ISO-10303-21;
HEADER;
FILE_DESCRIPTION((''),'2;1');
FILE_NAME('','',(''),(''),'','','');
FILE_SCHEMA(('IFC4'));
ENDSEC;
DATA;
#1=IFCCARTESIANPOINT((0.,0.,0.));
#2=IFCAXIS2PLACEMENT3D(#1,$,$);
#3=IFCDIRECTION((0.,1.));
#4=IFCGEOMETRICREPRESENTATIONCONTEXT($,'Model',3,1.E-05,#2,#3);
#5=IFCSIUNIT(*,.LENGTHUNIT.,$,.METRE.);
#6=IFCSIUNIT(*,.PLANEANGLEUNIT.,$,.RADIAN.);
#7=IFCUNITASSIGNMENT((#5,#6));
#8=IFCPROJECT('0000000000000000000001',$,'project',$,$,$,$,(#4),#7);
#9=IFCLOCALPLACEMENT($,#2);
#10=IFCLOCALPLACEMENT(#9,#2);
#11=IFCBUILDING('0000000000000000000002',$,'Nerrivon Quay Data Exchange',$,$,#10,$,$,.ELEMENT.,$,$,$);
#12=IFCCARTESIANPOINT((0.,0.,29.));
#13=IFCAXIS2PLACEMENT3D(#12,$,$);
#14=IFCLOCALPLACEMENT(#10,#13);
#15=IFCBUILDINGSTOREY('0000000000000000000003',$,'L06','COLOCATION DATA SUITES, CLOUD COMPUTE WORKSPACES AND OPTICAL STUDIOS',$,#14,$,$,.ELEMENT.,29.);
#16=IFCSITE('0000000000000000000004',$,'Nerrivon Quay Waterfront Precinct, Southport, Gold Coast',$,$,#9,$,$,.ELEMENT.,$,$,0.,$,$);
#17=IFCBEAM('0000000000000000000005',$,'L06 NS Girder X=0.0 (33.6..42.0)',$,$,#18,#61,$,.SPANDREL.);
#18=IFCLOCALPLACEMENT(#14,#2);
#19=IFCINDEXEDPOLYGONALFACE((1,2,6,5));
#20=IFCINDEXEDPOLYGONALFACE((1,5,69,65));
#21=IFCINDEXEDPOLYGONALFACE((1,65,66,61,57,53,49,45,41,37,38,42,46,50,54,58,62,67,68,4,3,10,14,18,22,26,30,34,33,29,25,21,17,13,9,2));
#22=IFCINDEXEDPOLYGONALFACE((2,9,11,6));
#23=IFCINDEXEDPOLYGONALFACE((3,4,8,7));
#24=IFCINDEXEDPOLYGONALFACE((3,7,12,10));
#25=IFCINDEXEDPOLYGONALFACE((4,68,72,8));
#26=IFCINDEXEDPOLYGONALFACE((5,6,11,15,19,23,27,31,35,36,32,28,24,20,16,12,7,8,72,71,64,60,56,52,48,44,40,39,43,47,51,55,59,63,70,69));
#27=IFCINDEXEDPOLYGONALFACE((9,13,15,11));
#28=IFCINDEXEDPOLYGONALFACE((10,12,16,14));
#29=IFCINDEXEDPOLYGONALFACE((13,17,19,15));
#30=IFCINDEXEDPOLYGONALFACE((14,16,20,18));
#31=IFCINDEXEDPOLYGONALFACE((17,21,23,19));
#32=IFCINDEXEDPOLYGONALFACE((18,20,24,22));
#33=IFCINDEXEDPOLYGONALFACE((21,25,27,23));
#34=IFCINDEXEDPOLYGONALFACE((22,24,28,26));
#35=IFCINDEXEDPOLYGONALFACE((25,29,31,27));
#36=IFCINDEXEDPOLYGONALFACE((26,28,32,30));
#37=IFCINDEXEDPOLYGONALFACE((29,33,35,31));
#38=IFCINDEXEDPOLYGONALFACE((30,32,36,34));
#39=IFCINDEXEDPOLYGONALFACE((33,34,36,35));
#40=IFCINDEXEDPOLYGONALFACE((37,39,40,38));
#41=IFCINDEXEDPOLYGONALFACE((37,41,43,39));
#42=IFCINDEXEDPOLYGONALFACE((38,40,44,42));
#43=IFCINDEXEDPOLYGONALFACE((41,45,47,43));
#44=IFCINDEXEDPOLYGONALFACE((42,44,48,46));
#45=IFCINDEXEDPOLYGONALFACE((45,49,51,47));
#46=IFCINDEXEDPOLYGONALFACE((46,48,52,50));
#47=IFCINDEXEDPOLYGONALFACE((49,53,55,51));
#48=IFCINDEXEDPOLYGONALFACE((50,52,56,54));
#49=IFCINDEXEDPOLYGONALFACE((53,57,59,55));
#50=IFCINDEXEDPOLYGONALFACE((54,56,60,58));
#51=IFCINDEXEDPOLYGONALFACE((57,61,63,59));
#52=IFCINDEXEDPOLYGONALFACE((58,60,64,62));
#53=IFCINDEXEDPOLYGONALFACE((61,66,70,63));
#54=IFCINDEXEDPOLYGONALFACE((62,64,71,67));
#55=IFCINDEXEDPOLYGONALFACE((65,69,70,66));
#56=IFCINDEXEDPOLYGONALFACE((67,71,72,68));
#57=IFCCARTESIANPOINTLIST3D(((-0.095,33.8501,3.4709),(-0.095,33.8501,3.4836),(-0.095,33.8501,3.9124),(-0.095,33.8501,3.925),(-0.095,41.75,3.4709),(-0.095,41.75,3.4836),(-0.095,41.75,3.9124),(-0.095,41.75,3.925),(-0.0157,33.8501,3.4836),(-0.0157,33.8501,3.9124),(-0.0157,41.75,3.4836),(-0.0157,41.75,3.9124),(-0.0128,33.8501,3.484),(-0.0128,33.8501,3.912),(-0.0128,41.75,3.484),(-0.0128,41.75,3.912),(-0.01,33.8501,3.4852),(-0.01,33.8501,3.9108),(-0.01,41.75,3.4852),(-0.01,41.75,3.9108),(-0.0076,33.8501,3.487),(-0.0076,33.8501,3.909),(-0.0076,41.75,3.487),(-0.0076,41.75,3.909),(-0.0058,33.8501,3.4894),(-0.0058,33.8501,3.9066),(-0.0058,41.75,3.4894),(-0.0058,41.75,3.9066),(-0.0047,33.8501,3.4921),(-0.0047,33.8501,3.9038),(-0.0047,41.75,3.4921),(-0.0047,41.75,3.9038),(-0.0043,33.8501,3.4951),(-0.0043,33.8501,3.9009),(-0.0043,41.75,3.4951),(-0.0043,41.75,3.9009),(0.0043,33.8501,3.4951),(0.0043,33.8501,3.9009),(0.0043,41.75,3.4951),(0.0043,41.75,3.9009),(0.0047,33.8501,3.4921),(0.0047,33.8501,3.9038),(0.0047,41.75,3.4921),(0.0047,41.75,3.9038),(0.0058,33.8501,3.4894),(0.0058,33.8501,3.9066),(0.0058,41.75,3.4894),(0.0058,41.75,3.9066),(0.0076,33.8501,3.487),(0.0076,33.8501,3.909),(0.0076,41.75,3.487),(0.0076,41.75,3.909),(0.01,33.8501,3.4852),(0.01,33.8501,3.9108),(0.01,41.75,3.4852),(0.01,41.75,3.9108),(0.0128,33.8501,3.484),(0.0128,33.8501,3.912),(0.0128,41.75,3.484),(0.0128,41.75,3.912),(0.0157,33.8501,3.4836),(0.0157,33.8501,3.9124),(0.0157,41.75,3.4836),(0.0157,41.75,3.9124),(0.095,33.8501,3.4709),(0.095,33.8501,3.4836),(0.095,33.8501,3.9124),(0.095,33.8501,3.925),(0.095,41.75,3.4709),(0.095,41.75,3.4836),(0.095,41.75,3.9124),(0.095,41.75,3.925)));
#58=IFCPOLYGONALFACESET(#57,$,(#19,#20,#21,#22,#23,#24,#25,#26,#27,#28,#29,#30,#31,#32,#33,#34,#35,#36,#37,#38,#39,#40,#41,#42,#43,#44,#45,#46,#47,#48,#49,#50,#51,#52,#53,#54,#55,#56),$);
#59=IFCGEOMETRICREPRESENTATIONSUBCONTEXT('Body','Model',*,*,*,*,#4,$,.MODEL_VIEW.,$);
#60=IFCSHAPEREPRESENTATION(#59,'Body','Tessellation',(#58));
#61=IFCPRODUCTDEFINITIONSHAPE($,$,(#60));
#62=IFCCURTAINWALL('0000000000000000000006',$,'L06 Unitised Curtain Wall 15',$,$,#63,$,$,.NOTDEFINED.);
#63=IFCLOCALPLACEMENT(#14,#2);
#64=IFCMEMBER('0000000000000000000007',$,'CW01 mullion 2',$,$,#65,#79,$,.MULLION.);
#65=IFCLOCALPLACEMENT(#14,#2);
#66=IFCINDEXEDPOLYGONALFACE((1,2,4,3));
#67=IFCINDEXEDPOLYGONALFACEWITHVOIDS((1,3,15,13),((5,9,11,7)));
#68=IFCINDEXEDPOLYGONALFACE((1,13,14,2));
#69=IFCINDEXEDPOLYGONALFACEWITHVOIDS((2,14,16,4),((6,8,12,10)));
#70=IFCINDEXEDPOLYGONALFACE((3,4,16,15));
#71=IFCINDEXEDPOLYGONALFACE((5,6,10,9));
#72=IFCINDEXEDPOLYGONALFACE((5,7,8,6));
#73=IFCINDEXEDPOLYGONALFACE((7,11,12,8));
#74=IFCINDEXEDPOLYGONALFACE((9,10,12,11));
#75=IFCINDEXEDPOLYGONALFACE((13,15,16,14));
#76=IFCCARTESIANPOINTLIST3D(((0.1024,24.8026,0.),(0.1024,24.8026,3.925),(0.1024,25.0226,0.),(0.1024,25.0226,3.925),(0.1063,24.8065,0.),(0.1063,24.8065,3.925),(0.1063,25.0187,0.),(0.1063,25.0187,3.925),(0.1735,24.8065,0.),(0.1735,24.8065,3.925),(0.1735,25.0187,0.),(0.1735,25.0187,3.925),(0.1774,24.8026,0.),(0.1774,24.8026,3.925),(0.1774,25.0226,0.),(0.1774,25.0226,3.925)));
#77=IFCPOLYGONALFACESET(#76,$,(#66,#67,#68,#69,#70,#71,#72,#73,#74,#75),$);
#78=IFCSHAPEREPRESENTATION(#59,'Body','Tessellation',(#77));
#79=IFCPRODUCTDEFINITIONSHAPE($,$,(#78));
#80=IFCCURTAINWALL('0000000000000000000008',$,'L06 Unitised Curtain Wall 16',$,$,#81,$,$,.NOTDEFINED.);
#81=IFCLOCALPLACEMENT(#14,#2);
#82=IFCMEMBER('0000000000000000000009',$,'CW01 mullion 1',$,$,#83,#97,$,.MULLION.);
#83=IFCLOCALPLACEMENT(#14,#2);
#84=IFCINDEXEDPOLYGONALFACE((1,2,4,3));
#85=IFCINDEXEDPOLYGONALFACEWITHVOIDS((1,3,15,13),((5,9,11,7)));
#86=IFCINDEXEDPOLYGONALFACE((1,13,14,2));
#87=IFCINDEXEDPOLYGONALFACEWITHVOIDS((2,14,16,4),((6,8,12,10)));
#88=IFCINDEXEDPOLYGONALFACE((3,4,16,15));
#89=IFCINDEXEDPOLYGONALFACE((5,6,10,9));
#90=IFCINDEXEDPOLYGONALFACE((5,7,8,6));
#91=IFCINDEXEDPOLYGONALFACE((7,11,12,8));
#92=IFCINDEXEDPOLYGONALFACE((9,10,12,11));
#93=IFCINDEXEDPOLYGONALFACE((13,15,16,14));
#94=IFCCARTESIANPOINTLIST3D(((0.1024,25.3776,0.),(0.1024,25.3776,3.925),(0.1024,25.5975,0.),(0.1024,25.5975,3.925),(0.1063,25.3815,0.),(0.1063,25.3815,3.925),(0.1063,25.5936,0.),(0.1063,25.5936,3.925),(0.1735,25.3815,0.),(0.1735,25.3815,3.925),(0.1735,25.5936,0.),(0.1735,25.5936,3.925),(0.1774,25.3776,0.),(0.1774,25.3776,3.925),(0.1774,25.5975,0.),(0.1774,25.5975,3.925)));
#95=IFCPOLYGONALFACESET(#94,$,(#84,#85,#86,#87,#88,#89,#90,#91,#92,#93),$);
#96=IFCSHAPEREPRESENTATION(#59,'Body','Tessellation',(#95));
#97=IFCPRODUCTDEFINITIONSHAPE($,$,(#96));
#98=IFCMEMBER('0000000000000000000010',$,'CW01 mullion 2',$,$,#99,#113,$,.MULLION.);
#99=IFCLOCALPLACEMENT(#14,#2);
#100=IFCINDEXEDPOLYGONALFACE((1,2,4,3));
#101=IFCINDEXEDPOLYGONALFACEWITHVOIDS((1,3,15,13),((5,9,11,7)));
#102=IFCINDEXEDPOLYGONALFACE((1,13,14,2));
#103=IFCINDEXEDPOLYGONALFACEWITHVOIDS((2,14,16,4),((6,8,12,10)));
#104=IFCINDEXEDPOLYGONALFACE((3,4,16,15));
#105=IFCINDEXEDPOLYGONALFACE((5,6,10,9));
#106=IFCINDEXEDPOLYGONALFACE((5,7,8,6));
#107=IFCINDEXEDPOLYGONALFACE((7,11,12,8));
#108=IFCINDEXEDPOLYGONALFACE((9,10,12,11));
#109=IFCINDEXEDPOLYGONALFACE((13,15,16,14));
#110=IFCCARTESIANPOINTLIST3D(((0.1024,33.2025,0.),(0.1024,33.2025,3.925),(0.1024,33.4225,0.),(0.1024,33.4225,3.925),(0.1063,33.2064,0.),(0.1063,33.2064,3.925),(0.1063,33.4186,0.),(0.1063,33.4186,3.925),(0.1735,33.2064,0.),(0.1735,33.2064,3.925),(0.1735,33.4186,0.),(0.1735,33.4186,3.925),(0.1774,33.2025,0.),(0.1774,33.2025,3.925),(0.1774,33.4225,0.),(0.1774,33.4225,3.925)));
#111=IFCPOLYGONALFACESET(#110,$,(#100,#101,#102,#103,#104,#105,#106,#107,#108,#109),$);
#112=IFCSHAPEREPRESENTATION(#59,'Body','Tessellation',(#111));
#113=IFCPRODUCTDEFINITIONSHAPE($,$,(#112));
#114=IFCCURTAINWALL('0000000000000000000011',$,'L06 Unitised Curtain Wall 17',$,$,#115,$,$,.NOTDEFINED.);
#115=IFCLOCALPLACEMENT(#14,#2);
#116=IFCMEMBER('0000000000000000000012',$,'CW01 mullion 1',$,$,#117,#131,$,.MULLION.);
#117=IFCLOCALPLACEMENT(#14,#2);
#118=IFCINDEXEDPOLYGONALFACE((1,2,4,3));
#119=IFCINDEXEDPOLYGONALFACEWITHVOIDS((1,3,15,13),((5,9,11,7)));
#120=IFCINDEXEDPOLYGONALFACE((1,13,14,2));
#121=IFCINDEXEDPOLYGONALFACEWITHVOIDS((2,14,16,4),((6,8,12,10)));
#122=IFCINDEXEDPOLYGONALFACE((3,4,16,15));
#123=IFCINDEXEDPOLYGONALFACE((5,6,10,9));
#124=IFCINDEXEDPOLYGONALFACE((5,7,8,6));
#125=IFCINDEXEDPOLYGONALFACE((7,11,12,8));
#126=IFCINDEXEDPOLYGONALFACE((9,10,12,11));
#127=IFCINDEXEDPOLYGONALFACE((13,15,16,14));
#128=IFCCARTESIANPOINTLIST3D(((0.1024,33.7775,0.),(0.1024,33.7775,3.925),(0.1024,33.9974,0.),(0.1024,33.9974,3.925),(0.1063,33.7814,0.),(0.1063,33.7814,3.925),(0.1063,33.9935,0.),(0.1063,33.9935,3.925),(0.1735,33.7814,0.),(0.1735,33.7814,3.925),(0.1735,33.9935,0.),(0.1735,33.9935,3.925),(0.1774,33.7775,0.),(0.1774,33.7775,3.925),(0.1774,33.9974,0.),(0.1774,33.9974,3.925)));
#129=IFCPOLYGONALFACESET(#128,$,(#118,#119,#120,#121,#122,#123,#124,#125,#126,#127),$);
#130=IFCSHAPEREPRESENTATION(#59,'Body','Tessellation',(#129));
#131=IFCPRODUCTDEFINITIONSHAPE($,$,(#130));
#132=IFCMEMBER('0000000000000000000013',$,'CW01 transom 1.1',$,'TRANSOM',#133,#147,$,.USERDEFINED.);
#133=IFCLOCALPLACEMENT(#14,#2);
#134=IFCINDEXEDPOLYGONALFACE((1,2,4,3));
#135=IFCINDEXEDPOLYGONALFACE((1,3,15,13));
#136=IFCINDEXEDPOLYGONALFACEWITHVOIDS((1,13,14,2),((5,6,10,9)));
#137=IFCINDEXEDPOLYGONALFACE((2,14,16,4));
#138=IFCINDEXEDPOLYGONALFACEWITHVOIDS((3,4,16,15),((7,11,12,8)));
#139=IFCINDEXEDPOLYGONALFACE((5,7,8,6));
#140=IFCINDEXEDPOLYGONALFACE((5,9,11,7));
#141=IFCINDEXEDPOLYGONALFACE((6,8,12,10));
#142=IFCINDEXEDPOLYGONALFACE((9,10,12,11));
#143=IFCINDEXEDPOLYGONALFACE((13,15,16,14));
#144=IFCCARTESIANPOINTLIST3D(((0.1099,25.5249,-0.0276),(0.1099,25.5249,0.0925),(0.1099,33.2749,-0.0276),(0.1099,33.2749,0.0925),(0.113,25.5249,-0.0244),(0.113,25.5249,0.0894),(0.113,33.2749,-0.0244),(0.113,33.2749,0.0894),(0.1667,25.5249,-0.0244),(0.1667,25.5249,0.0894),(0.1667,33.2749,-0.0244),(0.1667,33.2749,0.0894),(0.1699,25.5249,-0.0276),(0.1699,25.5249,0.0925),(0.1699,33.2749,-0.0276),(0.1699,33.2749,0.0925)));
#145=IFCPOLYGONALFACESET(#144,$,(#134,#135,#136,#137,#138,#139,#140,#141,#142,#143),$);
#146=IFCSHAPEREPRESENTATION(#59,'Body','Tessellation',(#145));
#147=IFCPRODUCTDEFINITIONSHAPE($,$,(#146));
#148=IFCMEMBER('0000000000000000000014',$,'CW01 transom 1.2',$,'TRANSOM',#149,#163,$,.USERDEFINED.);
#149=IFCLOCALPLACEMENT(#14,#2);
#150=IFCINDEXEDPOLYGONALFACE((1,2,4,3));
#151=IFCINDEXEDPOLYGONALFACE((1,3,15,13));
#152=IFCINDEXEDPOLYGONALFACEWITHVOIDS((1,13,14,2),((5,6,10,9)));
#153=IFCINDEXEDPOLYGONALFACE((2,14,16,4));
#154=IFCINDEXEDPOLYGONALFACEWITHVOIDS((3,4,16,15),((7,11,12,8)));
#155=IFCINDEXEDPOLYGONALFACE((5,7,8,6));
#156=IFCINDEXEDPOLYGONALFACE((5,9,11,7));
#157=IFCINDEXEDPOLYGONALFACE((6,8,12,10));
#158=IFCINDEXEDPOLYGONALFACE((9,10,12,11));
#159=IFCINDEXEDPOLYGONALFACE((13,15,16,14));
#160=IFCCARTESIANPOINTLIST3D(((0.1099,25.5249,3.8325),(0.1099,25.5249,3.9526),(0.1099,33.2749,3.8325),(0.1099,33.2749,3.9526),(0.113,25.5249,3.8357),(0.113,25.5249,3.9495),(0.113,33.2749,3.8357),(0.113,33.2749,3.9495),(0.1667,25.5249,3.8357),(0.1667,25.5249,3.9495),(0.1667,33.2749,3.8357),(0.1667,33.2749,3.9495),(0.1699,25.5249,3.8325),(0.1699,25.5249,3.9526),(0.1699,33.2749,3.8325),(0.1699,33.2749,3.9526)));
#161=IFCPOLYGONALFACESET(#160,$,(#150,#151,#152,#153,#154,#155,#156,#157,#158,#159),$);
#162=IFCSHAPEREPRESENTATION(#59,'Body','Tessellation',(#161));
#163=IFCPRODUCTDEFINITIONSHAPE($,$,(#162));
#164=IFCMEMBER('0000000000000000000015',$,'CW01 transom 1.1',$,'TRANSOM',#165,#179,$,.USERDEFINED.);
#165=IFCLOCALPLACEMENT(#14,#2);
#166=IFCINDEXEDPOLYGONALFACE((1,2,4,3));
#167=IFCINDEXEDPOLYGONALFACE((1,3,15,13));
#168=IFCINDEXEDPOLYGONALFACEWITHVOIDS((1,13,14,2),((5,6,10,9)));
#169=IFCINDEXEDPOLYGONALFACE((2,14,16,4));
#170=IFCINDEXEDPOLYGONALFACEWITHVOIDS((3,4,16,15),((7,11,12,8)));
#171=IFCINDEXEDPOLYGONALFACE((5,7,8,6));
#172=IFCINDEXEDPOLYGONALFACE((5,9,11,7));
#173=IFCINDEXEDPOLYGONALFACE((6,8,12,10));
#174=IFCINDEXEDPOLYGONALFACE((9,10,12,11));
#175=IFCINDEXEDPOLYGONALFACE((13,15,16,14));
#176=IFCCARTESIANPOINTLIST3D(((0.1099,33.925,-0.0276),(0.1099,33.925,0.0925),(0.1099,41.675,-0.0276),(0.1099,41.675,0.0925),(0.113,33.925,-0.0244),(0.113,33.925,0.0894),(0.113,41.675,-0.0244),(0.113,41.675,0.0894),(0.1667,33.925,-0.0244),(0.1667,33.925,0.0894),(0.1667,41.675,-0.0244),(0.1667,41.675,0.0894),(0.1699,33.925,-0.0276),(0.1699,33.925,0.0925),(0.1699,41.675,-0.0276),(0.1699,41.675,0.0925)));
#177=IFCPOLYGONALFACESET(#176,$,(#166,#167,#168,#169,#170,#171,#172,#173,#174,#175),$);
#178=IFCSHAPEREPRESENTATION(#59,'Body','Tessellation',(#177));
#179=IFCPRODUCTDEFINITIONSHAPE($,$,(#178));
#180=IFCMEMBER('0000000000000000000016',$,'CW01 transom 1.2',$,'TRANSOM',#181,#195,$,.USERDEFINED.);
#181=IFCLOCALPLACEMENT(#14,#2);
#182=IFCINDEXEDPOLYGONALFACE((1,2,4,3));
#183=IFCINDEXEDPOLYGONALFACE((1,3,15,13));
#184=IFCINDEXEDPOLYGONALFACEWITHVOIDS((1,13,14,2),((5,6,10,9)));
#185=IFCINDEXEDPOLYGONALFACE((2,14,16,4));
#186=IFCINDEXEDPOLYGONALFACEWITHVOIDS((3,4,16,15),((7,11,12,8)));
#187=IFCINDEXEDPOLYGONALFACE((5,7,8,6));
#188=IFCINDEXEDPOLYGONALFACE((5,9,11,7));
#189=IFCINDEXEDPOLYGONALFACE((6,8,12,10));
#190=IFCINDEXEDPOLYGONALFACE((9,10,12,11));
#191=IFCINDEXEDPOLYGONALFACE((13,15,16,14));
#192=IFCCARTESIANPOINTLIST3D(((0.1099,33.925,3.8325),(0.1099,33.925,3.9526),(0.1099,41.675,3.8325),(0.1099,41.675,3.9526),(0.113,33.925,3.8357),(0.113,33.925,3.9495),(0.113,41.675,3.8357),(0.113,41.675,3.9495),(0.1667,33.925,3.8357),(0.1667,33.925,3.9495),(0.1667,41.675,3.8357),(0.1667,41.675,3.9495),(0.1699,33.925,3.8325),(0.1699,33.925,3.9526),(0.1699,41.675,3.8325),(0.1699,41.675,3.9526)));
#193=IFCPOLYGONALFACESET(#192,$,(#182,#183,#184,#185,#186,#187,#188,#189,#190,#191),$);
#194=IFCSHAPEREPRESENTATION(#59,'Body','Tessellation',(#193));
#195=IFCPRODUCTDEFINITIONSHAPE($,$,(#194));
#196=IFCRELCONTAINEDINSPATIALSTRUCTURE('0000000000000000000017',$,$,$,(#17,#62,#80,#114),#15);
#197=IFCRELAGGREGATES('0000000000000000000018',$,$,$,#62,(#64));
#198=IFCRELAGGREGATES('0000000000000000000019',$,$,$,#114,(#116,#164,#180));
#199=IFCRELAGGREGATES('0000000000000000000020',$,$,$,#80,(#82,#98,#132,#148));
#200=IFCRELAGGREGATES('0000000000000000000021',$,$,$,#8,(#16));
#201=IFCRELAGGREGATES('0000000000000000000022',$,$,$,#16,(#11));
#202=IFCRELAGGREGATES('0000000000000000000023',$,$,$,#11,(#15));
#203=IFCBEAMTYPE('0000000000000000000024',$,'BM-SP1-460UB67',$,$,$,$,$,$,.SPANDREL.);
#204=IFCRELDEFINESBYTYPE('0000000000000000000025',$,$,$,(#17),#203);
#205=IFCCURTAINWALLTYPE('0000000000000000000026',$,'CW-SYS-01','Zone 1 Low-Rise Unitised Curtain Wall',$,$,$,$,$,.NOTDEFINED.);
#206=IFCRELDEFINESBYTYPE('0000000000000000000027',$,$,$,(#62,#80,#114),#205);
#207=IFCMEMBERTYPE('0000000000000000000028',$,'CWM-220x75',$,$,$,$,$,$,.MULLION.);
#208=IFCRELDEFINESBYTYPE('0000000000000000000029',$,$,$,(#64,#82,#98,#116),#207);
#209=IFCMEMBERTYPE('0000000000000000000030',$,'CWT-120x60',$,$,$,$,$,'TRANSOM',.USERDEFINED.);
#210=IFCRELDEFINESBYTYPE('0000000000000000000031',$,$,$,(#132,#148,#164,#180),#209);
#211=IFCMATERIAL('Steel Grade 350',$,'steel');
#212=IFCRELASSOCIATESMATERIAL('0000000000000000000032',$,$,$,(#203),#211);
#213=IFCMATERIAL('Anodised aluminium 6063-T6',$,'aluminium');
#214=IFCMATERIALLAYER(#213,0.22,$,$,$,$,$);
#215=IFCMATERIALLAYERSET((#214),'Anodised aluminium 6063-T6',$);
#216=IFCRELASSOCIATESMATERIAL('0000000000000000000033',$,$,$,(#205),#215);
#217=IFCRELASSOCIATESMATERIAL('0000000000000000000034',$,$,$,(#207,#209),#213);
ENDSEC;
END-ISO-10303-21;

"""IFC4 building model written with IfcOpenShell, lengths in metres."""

from ifc_helpers import new_model, si_unit, direction, frame, origin, origin_2d, place, context, subcontext, project, spatial, hollow_rectangle, i_section, extrude, material, layer, layer_set, material_profile, profile_set, type_object, element, aggregate, save


model = new_model("IFC4")

# Units and contexts
model_context = context("Model", 3, precision=1e-05, world=origin(), true_north=direction((0.0, 1.0)))
body_context = subcontext(model_context, "Body", "Model", "MODEL_VIEW")
ifc_project = project(units=[si_unit("LENGTHUNIT", "METRE"), si_unit("PLANEANGLEUNIT", "RADIAN")], contexts=[model_context])

# Site, building, storey
site_placement = place(None, origin())
site = spatial("IfcSite", under=ifc_project, at=site_placement, Name="Nerrivon Quay Waterfront Precinct, Southport, Gold Coast", CompositionType="ELEMENT", RefElevation=0.0)
building_placement = place(site_placement, origin())
building = spatial("IfcBuilding", under=site, at=building_placement, Name="Nerrivon Quay Data Exchange", CompositionType="ELEMENT")
storey_placement = place(building_placement, frame((0.0, 0.0, 29.0)))
storey = spatial("IfcBuildingStorey", under=building, at=storey_placement, Name="L06", Description="COLOCATION DATA SUITES, CLOUD COMPUTE WORKSPACES AND OPTICAL STUDIOS", CompositionType="ELEMENT", Elevation=29.0)

# Shared definitions
ifc_material_1 = material(Name="Steel Grade 350", Category="steel")

# Beam
ifc_material_profile_1 = material_profile(ifc_material_1, i_section(OverallWidth=0.1899, OverallDepth=0.4541, WebThickness=0.0085, FlangeThickness=0.0127, FilletRadius=0.0115, at=origin_2d()), Name="460UB67.1")
ifc_profile_set_1 = profile_set([ifc_material_profile_1], Name="Steel Grade 350")
beam_type_1 = type_object("IfcBeamType", Name="BM-SP1-460UB67", PredefinedType="SPANDREL", material=ifc_profile_set_1)
beam_1_placement = place(storey_placement, frame((0.0, 33.8501, 3.698), z_axis=(0.0, 1.0, 0.0), x_axis=(-1.0, 0.0, 0.0)))
element("IfcBeam", 1, at=beam_1_placement, inside=storey, type_object=beam_type_1, Name="L06 NS Girder X=0.0 (33.6..42.0)", PredefinedType="SPANDREL", context=body_context, shape_type="SweptSolid", body=[
    extrude(i_section(OverallWidth=0.1899, OverallDepth=0.4541, WebThickness=0.0085, FlangeThickness=0.0127, FilletRadius=0.0115, at=origin_2d()), origin(), (0.0, 0.0, 1.0), 7.8999),
])

# Curtain wall, member
ifc_material_2 = material(Name="Anodised aluminium 6063-T6", Category="aluminium")
ifc_layer_1 = layer(ifc_material_2, 0.22)
ifc_layer_set_1 = layer_set([ifc_layer_1], Name="Anodised aluminium 6063-T6")
curtain_wall_type = type_object("IfcCurtainWallType", Name="CW-SYS-01", Description="Zone 1 Low-Rise Unitised Curtain Wall", PredefinedType="NOTDEFINED", material=ifc_layer_set_1)
curtain_wall_1_placement = place(storey_placement, origin())
curtain_wall_1 = element("IfcCurtainWall", 2, at=curtain_wall_1_placement, inside=storey, type_object=curtain_wall_type, Name="L06 Unitised Curtain Wall 15", PredefinedType="NOTDEFINED")
ifc_material_profile_2 = material_profile(ifc_material_2, hollow_rectangle(XDim=0.075, YDim=0.22, WallThickness=0.0039, at=origin_2d()), Name="ALU-MULL-220x75")
ifc_profile_set_2 = profile_set([ifc_material_profile_2], Name="Anodised aluminium 6063-T6")
member_type_1 = type_object("IfcMemberType", Name="CWM-220x75", PredefinedType="MULLION", material=ifc_profile_set_2)
member_1_placement = place(storey_placement, frame((0.1399, 24.9126, 0.0), z_axis=(0.0, 0.0, 1.0), x_axis=(-1.0, 0.0, 0.0)))
member_1 = element("IfcMember", 3, at=member_1_placement, type_object=member_type_1, Name="CW01 mullion 2", PredefinedType="MULLION", context=body_context, shape_type="SweptSolid", body=[
    extrude(hollow_rectangle(XDim=0.075, YDim=0.22, WallThickness=0.0039, at=origin_2d()), origin(), (0.0, 0.0, 1.0), 3.925),
])
aggregate(curtain_wall_1, [member_1])

# Curtain wall, members
curtain_wall_2_placement = place(storey_placement, origin())
curtain_wall_2 = element("IfcCurtainWall", 4, at=curtain_wall_2_placement, inside=storey, type_object=curtain_wall_type, Name="L06 Unitised Curtain Wall 16", PredefinedType="NOTDEFINED")
member_2_placement = place(storey_placement, frame((0.1399, 25.4875, 0.0), z_axis=(0.0, 0.0, 1.0), x_axis=(-1.0, 0.0, 0.0)))
member_2 = element("IfcMember", 5, at=member_2_placement, type_object=member_type_1, Name="CW01 mullion 1", PredefinedType="MULLION", context=body_context, shape_type="SweptSolid", body=[
    extrude(hollow_rectangle(XDim=0.075, YDim=0.22, WallThickness=0.0039, at=origin_2d()), origin(), (0.0, 0.0, 1.0), 3.925),
])
member_3_placement = place(storey_placement, frame((0.1399, 33.3125, 0.0), z_axis=(0.0, 0.0, 1.0), x_axis=(-1.0, 0.0, 0.0)))
member_3 = element("IfcMember", 6, at=member_3_placement, type_object=member_type_1, Name="CW01 mullion 2", PredefinedType="MULLION", context=body_context, shape_type="SweptSolid", body=[
    extrude(hollow_rectangle(XDim=0.075, YDim=0.22, WallThickness=0.0039, at=origin_2d()), origin(), (0.0, 0.0, 1.0), 3.925),
])

# Curtain wall, member
curtain_wall_3_placement = place(storey_placement, origin())
curtain_wall_3 = element("IfcCurtainWall", 7, at=curtain_wall_3_placement, inside=storey, type_object=curtain_wall_type, Name="L06 Unitised Curtain Wall 17", PredefinedType="NOTDEFINED")
member_4_placement = place(storey_placement, frame((0.1399, 33.8875, 0.0), z_axis=(0.0, 0.0, 1.0), x_axis=(-1.0, 0.0, 0.0)))
member_4 = element("IfcMember", 8, at=member_4_placement, type_object=member_type_1, Name="CW01 mullion 1", PredefinedType="MULLION", context=body_context, shape_type="SweptSolid", body=[
    extrude(hollow_rectangle(XDim=0.075, YDim=0.22, WallThickness=0.0039, at=origin_2d()), origin(), (0.0, 0.0, 1.0), 3.925),
])

# Members
ifc_material_profile_3 = material_profile(ifc_material_2, hollow_rectangle(XDim=0.0601, YDim=0.1201, WallThickness=0.0032, at=origin_2d()), Name="ALU-TRAN-120x60")
ifc_profile_set_3 = profile_set([ifc_material_profile_3], Name="Anodised aluminium 6063-T6")
member_type_2 = type_object("IfcMemberType", Name="CWT-120x60", ElementType="TRANSOM", PredefinedType="USERDEFINED", material=ifc_profile_set_3)
member_5_placement = place(storey_placement, frame((0.1399, 25.5249, 0.0325), z_axis=(0.0, 1.0, 0.0), x_axis=(-1.0, 0.0, 0.0)))
member_5 = element("IfcMember", 9, at=member_5_placement, type_object=member_type_2, Name="CW01 transom 1.1", ObjectType="TRANSOM", PredefinedType="USERDEFINED", context=body_context, shape_type="SweptSolid", body=[
    extrude(hollow_rectangle(XDim=0.0601, YDim=0.1201, WallThickness=0.0032, at=origin_2d()), origin(), (0.0, 0.0, 1.0), 7.75),
])
member_6_placement = place(storey_placement, frame((0.1399, 25.5249, 3.8926), z_axis=(0.0, 1.0, 0.0), x_axis=(-1.0, 0.0, 0.0)))
member_6 = element("IfcMember", 10, at=member_6_placement, type_object=member_type_2, Name="CW01 transom 1.2", ObjectType="TRANSOM", PredefinedType="USERDEFINED", context=body_context, shape_type="SweptSolid", body=[
    extrude(hollow_rectangle(XDim=0.0601, YDim=0.1201, WallThickness=0.0032, at=origin_2d()), origin(), (0.0, 0.0, 1.0), 7.75),
])
member_7_placement = place(storey_placement, frame((0.1399, 33.925, 0.0325), z_axis=(0.0, 1.0, 0.0), x_axis=(-1.0, 0.0, 0.0)))
member_7 = element("IfcMember", 11, at=member_7_placement, type_object=member_type_2, Name="CW01 transom 1.1", ObjectType="TRANSOM", PredefinedType="USERDEFINED", context=body_context, shape_type="SweptSolid", body=[
    extrude(hollow_rectangle(XDim=0.0601, YDim=0.1201, WallThickness=0.0032, at=origin_2d()), origin(), (0.0, 0.0, 1.0), 7.75),
])
member_8_placement = place(storey_placement, frame((0.1399, 33.925, 3.8926), z_axis=(0.0, 1.0, 0.0), x_axis=(-1.0, 0.0, 0.0)))
member_8 = element("IfcMember", 12, at=member_8_placement, type_object=member_type_2, Name="CW01 transom 1.2", ObjectType="TRANSOM", PredefinedType="USERDEFINED", context=body_context, shape_type="SweptSolid", body=[
    extrude(hollow_rectangle(XDim=0.0601, YDim=0.1201, WallThickness=0.0032, at=origin_2d()), origin(), (0.0, 0.0, 1.0), 7.75),
])
aggregate(curtain_wall_3, [member_4, member_7, member_8])

aggregate(curtain_wall_2, [member_2, member_3, member_5, member_6])

save(model, "model.ifc")
